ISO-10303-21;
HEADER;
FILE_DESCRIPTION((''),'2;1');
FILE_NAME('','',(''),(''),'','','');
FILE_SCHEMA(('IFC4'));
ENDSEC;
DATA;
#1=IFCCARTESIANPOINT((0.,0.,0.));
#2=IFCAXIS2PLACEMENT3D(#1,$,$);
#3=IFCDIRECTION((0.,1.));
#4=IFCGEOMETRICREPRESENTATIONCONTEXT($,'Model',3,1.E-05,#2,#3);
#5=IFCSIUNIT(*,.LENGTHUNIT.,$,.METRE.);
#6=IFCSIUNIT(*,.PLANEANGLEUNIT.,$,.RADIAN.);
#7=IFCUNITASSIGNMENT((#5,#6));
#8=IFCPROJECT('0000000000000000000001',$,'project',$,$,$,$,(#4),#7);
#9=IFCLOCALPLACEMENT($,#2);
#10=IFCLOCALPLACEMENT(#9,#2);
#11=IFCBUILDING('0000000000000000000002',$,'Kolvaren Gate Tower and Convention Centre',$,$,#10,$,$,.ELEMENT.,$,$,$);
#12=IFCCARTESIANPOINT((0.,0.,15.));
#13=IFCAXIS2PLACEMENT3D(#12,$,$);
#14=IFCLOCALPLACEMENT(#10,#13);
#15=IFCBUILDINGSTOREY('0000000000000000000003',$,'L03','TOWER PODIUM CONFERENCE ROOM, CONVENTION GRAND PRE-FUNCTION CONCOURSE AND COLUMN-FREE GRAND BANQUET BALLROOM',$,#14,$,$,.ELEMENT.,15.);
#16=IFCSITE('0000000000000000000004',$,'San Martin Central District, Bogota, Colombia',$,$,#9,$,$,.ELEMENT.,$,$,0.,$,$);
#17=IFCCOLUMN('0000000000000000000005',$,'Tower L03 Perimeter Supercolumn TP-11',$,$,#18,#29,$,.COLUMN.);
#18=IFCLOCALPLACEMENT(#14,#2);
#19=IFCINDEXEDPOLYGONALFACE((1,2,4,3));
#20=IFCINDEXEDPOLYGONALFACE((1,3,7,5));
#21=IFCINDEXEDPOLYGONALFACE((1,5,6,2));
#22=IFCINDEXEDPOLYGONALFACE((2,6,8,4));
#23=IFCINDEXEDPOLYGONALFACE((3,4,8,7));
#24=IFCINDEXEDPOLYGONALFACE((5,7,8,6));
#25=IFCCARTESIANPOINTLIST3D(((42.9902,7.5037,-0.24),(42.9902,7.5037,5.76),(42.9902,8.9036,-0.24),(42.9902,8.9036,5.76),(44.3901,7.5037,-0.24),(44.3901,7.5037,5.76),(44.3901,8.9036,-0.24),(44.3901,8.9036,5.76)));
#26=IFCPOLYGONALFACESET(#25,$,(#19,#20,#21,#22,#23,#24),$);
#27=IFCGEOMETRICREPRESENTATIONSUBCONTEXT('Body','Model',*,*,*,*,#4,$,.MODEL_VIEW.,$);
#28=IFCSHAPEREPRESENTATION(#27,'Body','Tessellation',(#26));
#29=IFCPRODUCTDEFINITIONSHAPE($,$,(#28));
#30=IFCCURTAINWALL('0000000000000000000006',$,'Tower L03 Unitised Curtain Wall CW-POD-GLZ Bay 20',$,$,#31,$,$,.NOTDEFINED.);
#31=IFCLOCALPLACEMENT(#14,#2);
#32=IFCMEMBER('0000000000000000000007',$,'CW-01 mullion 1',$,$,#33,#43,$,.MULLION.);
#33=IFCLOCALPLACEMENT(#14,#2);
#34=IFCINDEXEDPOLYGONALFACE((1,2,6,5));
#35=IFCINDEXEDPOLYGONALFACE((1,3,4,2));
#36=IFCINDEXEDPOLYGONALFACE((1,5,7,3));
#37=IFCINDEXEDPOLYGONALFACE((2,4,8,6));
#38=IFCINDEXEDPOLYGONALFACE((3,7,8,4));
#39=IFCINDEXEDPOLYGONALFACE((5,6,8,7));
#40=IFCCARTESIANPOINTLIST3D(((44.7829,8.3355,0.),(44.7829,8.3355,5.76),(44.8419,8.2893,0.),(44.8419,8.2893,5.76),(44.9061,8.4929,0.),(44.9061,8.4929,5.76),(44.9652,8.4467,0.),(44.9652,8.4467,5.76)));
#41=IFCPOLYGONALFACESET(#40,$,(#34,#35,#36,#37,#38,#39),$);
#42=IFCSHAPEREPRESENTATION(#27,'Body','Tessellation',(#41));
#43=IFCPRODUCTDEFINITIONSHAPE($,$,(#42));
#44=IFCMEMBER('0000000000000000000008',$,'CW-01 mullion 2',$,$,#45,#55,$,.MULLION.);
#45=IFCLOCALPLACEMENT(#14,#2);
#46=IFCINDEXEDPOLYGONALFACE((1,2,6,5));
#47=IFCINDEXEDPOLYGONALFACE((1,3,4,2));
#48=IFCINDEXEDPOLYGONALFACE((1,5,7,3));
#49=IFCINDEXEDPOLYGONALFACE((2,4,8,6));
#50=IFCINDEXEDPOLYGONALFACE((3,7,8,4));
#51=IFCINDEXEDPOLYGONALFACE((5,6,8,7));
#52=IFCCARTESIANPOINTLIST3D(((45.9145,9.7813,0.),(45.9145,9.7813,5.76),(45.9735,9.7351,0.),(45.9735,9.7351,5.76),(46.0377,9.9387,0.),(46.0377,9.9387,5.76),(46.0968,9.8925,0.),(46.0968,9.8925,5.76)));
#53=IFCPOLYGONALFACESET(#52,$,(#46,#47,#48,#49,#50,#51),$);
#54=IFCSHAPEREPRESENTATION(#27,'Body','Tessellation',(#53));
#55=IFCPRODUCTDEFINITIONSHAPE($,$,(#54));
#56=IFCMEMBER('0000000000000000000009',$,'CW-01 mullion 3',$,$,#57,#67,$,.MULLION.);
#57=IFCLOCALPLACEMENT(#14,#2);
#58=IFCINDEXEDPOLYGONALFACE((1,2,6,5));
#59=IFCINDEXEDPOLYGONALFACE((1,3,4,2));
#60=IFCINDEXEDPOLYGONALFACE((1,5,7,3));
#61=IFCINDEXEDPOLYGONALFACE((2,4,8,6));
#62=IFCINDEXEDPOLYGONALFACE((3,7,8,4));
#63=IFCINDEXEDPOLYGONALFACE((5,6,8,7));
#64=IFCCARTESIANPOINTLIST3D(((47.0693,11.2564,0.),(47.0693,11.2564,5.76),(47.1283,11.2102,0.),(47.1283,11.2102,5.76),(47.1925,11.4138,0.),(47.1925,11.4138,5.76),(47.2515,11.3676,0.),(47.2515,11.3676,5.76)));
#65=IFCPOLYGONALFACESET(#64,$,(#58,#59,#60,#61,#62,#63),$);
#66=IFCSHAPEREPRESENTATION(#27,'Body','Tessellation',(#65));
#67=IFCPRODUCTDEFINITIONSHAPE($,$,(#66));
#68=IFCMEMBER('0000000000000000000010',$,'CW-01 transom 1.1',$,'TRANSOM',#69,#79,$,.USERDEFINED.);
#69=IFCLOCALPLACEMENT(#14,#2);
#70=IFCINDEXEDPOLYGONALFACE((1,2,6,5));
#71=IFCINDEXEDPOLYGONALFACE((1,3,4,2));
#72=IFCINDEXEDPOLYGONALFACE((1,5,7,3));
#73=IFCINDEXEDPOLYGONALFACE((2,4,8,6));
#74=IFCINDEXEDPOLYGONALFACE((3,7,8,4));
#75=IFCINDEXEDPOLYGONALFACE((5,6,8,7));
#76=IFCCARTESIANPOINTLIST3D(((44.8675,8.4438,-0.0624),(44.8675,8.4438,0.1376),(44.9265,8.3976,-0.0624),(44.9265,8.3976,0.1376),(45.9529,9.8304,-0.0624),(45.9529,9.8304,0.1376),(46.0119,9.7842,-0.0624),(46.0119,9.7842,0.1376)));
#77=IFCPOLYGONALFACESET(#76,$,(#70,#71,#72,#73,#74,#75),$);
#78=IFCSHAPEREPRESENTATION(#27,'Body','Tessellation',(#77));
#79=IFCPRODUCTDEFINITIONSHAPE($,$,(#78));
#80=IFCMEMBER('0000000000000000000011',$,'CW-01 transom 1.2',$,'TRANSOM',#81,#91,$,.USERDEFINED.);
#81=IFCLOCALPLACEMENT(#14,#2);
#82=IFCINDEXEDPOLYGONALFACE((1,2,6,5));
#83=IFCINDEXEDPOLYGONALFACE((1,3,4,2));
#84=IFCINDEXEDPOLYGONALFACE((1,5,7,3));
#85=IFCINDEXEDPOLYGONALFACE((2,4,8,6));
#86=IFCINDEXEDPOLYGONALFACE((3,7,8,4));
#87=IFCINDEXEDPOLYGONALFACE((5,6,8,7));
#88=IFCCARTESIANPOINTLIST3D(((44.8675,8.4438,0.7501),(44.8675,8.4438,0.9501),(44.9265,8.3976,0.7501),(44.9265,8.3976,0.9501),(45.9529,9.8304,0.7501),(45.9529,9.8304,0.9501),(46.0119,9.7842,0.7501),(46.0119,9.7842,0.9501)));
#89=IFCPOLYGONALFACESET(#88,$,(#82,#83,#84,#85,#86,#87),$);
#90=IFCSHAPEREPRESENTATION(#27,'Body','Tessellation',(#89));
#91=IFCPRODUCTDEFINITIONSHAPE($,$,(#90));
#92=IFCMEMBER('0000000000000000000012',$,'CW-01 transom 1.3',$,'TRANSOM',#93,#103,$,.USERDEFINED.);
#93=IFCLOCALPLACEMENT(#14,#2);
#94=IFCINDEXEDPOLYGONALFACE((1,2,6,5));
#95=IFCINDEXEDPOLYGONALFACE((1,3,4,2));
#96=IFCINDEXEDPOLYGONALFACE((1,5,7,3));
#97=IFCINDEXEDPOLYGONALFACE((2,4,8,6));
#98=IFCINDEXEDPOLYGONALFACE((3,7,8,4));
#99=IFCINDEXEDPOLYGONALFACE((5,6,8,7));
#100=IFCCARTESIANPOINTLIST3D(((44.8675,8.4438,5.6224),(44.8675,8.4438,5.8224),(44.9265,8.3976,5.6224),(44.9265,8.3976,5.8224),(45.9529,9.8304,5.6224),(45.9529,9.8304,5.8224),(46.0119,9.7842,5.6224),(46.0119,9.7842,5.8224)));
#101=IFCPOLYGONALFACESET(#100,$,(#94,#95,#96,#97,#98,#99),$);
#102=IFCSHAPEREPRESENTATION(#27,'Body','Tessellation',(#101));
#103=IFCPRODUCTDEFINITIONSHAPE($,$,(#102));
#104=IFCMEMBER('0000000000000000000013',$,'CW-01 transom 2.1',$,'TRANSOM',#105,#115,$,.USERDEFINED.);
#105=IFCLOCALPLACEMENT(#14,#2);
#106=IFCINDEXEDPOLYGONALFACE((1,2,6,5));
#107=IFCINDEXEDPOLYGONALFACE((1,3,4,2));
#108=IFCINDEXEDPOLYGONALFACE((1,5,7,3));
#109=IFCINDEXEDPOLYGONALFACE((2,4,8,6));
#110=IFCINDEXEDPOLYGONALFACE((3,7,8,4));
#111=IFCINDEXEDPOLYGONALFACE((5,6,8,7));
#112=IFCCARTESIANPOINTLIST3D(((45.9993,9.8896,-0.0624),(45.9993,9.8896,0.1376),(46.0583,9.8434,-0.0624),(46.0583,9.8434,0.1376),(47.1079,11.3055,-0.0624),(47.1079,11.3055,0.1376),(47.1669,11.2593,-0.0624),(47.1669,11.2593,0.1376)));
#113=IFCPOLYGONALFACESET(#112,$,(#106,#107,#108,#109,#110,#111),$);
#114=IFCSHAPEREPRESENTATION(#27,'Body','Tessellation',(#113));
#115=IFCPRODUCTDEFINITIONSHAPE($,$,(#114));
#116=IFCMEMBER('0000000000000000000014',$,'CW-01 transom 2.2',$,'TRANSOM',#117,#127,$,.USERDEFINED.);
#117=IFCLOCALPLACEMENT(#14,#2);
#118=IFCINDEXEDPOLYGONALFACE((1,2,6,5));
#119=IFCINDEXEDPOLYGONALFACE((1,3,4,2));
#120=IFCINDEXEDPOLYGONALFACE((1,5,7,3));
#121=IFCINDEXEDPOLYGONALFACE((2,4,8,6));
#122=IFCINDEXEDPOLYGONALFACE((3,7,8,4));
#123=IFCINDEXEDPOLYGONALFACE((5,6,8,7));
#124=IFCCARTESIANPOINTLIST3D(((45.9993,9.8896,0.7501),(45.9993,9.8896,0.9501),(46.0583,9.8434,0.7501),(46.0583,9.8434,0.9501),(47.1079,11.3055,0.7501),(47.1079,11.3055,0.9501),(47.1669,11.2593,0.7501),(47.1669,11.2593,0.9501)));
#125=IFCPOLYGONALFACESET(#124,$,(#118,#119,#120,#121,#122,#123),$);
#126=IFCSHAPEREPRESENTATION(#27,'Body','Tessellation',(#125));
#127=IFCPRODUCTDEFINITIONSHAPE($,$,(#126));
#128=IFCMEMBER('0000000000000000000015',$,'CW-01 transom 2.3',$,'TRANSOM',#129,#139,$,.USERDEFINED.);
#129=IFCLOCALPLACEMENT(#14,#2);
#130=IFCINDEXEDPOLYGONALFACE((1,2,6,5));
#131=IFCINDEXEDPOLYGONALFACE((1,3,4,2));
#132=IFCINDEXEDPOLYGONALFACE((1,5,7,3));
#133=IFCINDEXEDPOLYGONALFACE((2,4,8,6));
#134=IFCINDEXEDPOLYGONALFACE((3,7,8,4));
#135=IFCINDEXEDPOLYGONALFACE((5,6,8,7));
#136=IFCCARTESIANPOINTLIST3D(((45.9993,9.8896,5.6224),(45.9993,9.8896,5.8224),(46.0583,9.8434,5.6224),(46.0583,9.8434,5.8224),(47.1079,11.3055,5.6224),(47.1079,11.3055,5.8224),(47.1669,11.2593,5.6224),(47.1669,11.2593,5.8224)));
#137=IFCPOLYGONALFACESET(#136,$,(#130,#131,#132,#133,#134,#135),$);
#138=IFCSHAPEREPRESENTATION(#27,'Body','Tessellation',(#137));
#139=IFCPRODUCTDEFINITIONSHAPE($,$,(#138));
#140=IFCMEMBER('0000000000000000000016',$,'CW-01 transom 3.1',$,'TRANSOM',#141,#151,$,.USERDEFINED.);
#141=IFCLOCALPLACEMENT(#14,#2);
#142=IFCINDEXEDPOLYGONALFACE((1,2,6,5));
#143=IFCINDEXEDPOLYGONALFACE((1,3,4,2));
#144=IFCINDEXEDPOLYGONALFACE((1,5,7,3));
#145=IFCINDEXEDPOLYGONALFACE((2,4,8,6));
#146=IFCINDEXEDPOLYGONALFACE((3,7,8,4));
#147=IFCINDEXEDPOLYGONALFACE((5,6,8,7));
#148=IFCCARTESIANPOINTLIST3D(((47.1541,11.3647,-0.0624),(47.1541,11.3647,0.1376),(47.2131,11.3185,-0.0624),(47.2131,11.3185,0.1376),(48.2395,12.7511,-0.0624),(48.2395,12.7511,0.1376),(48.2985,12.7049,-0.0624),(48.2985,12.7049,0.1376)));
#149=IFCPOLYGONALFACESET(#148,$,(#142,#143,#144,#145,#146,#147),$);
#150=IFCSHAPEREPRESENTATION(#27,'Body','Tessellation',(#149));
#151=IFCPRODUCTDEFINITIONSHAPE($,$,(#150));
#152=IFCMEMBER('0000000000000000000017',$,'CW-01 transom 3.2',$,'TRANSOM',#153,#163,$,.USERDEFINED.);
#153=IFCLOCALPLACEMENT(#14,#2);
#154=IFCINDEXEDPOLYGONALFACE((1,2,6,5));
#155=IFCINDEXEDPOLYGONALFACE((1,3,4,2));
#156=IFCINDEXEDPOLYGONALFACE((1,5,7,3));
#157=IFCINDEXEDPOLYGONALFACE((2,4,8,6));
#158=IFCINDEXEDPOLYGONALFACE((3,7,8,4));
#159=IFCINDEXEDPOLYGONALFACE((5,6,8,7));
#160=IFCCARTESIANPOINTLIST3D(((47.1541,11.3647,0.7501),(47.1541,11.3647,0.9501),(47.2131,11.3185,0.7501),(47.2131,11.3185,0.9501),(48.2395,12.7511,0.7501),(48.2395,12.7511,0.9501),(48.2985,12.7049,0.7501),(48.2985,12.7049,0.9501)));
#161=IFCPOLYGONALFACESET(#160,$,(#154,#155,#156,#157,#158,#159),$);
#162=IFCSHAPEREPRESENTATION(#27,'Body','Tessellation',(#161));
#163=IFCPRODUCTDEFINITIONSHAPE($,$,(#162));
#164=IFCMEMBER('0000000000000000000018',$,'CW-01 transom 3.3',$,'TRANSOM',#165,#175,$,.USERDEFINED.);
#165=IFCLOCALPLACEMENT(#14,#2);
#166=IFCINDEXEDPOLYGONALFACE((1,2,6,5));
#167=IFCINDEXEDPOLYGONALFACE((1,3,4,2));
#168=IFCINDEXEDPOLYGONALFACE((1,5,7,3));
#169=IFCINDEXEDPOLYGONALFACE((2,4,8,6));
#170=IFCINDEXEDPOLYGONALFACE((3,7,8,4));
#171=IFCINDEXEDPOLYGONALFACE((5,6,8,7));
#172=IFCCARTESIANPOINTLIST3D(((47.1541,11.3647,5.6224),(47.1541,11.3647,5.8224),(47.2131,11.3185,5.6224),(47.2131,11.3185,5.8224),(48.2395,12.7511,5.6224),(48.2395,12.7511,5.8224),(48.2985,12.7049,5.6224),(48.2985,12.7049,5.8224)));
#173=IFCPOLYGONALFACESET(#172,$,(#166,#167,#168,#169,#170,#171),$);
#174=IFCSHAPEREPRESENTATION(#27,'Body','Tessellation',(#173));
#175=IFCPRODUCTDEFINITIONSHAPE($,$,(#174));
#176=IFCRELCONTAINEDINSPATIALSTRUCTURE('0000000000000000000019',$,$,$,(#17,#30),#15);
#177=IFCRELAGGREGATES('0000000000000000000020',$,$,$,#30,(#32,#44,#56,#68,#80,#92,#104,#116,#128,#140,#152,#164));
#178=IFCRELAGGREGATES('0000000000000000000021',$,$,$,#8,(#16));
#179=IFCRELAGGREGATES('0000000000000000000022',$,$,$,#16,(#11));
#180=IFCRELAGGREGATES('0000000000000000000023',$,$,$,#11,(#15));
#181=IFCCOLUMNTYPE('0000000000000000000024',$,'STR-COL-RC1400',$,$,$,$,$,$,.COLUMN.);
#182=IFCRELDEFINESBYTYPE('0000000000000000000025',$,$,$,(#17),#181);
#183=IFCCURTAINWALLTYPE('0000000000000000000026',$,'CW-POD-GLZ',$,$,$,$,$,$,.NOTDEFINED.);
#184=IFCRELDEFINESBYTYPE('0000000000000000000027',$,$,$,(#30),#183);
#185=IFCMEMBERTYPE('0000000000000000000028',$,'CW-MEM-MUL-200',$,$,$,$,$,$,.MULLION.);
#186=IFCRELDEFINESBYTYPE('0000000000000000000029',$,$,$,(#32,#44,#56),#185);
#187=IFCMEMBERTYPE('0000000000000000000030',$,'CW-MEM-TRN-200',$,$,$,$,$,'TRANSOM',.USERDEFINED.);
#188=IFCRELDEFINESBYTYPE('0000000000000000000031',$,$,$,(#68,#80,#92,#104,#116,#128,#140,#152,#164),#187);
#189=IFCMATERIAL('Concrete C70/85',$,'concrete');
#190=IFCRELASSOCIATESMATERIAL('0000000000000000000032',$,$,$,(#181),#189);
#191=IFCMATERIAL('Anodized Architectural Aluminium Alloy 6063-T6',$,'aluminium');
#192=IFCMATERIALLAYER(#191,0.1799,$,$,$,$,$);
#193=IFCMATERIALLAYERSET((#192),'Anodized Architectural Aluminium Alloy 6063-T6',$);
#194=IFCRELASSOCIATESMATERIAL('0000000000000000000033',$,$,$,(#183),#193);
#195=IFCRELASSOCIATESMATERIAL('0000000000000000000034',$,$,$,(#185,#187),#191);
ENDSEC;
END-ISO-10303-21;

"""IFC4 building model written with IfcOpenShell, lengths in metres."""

from ifc_helpers import new_model, si_unit, direction, frame, origin, origin_2d, place, context, subcontext, project, spatial, rectangle, extrude, material, layer, layer_set, material_profile, profile_set, type_object, element, aggregate, save


model = new_model("IFC4")

# Units and contexts
model_context = context("Model", 3, precision=1e-05, world=origin(), true_north=direction((0.0, 1.0)))
body_context = subcontext(model_context, "Body", "Model", "MODEL_VIEW")
ifc_project = project(units=[si_unit("LENGTHUNIT", "METRE"), si_unit("PLANEANGLEUNIT", "RADIAN")], contexts=[model_context])

# Site, building, storey
site_placement = place(None, origin())
site = spatial("IfcSite", under=ifc_project, at=site_placement, Name="San Martin Central District, Bogota, Colombia", CompositionType="ELEMENT", RefElevation=0.0)
building_placement = place(site_placement, origin())
building = spatial("IfcBuilding", under=site, at=building_placement, Name="Kolvaren Gate Tower and Convention Centre", CompositionType="ELEMENT")
storey_placement = place(building_placement, frame((0.0, 0.0, 15.0)))
storey = spatial("IfcBuildingStorey", under=building, at=storey_placement, Name="L03", Description="TOWER PODIUM CONFERENCE ROOM, CONVENTION GRAND PRE-FUNCTION CONCOURSE AND COLUMN-FREE GRAND BANQUET BALLROOM", CompositionType="ELEMENT", Elevation=15.0)

# Column
ifc_material_1 = material(Name="Concrete C70/85", Category="concrete")
ifc_material_profile_1 = material_profile(ifc_material_1, rectangle(XDim=1.3999, YDim=1.3999, at=origin_2d()), Name="RC-COL-1400X1400")
ifc_profile_set_1 = profile_set([ifc_material_profile_1], Name="Concrete C70/85")
column_type = type_object("IfcColumnType", Name="STR-COL-RC1400", PredefinedType="COLUMN", material=ifc_profile_set_1)
column_placement = place(storey_placement, frame((43.6902, 8.2036, -0.24), z_axis=(0.0, 0.0, 1.0), x_axis=(1.0, 0.0, 0.0)))
element("IfcColumn", 1, at=column_placement, inside=storey, type_object=column_type, Name="Tower L03 Perimeter Supercolumn TP-11", PredefinedType="COLUMN", context=body_context, shape_type="SweptSolid", body=[
    extrude(rectangle(XDim=1.3999, YDim=1.3999, at=origin_2d()), origin(), (0.0, 0.0, 1.0), 6.0),
])

# Curtain wall, members
ifc_material_2 = material(Name="Anodized Architectural Aluminium Alloy 6063-T6", Category="aluminium")
ifc_layer_1 = layer(ifc_material_2, 0.1799)
ifc_layer_set_1 = layer_set([ifc_layer_1], Name="Anodized Architectural Aluminium Alloy 6063-T6")
curtain_wall_type = type_object("IfcCurtainWallType", Name="CW-POD-GLZ", PredefinedType="NOTDEFINED", material=ifc_layer_set_1)
curtain_wall_placement = place(storey_placement, origin())
curtain_wall = element("IfcCurtainWall", 2, at=curtain_wall_placement, inside=storey, type_object=curtain_wall_type, Name="Tower L03 Unitised Curtain Wall CW-POD-GLZ Bay 20", PredefinedType="NOTDEFINED")
ifc_material_profile_2 = material_profile(ifc_material_2, rectangle(XDim=0.075, YDim=0.2, at=origin_2d()), Name="CW-MEM-MUL-200")
ifc_profile_set_2 = profile_set([ifc_material_profile_2], Name="Anodized Architectural Aluminium Alloy 6063-T6")
member_type_1 = type_object("IfcMemberType", Name="CW-MEM-MUL-200", PredefinedType="MULLION", material=ifc_profile_set_2)
member_1_placement = place(storey_placement, frame((44.874, 8.3911, 0.0), z_axis=(0.0, 0.0, 1.0), x_axis=(-0.787413, 0.616426, 0.0)))
member_1 = element("IfcMember", 3, at=member_1_placement, type_object=member_type_1, Name="CW-01 mullion 1", PredefinedType="MULLION", context=body_context, shape_type="SweptSolid", body=[
    extrude(rectangle(XDim=0.075, YDim=0.2, at=origin_2d()), origin(), (0.0, 0.0, 1.0), 5.76),
])
member_2_placement = place(storey_placement, frame((46.0056, 9.8369, 0.0), z_axis=(0.0, 0.0, 1.0), x_axis=(-0.787413, 0.616426, 0.0)))
member_2 = element("IfcMember", 4, at=member_2_placement, type_object=member_type_1, Name="CW-01 mullion 2", PredefinedType="MULLION", context=body_context, shape_type="SweptSolid", body=[
    extrude(rectangle(XDim=0.075, YDim=0.2, at=origin_2d()), origin(), (0.0, 0.0, 1.0), 5.76),
])
member_3_placement = place(storey_placement, frame((47.1604, 11.312, 0.0), z_axis=(0.0, 0.0, 1.0), x_axis=(-0.787413, 0.616426, 0.0)))
member_3 = element("IfcMember", 5, at=member_3_placement, type_object=member_type_1, Name="CW-01 mullion 3", PredefinedType="MULLION", context=body_context, shape_type="SweptSolid", body=[
    extrude(rectangle(XDim=0.075, YDim=0.2, at=origin_2d()), origin(), (0.0, 0.0, 1.0), 5.76),
])
ifc_material_profile_3 = material_profile(ifc_material_2, rectangle(XDim=0.075, YDim=0.2, at=origin_2d()), Name="CW-MEM-TRN-200")
ifc_profile_set_3 = profile_set([ifc_material_profile_3], Name="Anodized Architectural Aluminium Alloy 6063-T6")
member_type_2 = type_object("IfcMemberType", Name="CW-MEM-TRN-200", ElementType="TRANSOM", PredefinedType="USERDEFINED", material=ifc_profile_set_3)
member_4_placement = place(storey_placement, frame((44.897, 8.4207, 0.0376), z_axis=(0.616376, 0.787452, 0.0), x_axis=(-0.787452, 0.616376, 0.0)))
member_4 = element("IfcMember", 6, at=member_4_placement, type_object=member_type_2, Name="CW-01 transom 1.1", ObjectType="TRANSOM", PredefinedType="USERDEFINED", context=body_context, shape_type="SweptSolid", body=[
    extrude(rectangle(XDim=0.075, YDim=0.2, at=origin_2d()), origin(), (0.0, 0.0, 1.0), 1.761),
])
member_5_placement = place(storey_placement, frame((44.897, 8.4207, 0.8501), z_axis=(0.616376, 0.787452, 0.0), x_axis=(-0.787452, 0.616376, 0.0)))
member_5 = element("IfcMember", 7, at=member_5_placement, type_object=member_type_2, Name="CW-01 transom 1.2", ObjectType="TRANSOM", PredefinedType="USERDEFINED", context=body_context, shape_type="SweptSolid", body=[
    extrude(rectangle(XDim=0.075, YDim=0.2, at=origin_2d()), origin(), (0.0, 0.0, 1.0), 1.761),
])
member_6_placement = place(storey_placement, frame((44.897, 8.4207, 5.7224), z_axis=(0.616376, 0.787452, 0.0), x_axis=(-0.787452, 0.616376, 0.0)))
member_6 = element("IfcMember", 8, at=member_6_placement, type_object=member_type_2, Name="CW-01 transom 1.3", ObjectType="TRANSOM", PredefinedType="USERDEFINED", context=body_context, shape_type="SweptSolid", body=[
    extrude(rectangle(XDim=0.075, YDim=0.2, at=origin_2d()), origin(), (0.0, 0.0, 1.0), 1.761),
])
member_7_placement = place(storey_placement, frame((46.0288, 9.8665, 0.0376), z_axis=(0.616466, 0.787382, 0.0), x_axis=(-0.787382, 0.616466, 0.0)))
member_7 = element("IfcMember", 9, at=member_7_placement, type_object=member_type_2, Name="CW-01 transom 2.1", ObjectType="TRANSOM", PredefinedType="USERDEFINED", context=body_context, shape_type="SweptSolid", body=[
    extrude(rectangle(XDim=0.075, YDim=0.2, at=origin_2d()), origin(), (0.0, 0.0, 1.0), 1.7983),
])
member_8_placement = place(storey_placement, frame((46.0288, 9.8665, 0.8501), z_axis=(0.616466, 0.787382, 0.0), x_axis=(-0.787382, 0.616466, 0.0)))
member_8 = element("IfcMember", 10, at=member_8_placement, type_object=member_type_2, Name="CW-01 transom 2.2", ObjectType="TRANSOM", PredefinedType="USERDEFINED", context=body_context, shape_type="SweptSolid", body=[
    extrude(rectangle(XDim=0.075, YDim=0.2, at=origin_2d()), origin(), (0.0, 0.0, 1.0), 1.7983),
])
member_9_placement = place(storey_placement, frame((46.0288, 9.8665, 5.7224), z_axis=(0.616466, 0.787382, 0.0), x_axis=(-0.787382, 0.616466, 0.0)))
member_9 = element("IfcMember", 11, at=member_9_placement, type_object=member_type_2, Name="CW-01 transom 2.3", ObjectType="TRANSOM", PredefinedType="USERDEFINED", context=body_context, shape_type="SweptSolid", body=[
    extrude(rectangle(XDim=0.075, YDim=0.2, at=origin_2d()), origin(), (0.0, 0.0, 1.0), 1.7983),
])
member_10_placement = place(storey_placement, frame((47.1836, 11.3416, 0.0376), z_axis=(0.616443, 0.7874, 0.0), x_axis=(-0.7874, 0.616443, 0.0)))
member_10 = element("IfcMember", 12, at=member_10_placement, type_object=member_type_2, Name="CW-01 transom 3.1", ObjectType="TRANSOM", PredefinedType="USERDEFINED", context=body_context, shape_type="SweptSolid", body=[
    extrude(rectangle(XDim=0.075, YDim=0.2, at=origin_2d()), origin(), (0.0, 0.0, 1.0), 1.7607),
])
member_11_placement = place(storey_placement, frame((47.1836, 11.3416, 0.8501), z_axis=(0.616443, 0.7874, 0.0), x_axis=(-0.7874, 0.616443, 0.0)))
member_11 = element("IfcMember", 13, at=member_11_placement, type_object=member_type_2, Name="CW-01 transom 3.2", ObjectType="TRANSOM", PredefinedType="USERDEFINED", context=body_context, shape_type="SweptSolid", body=[
    extrude(rectangle(XDim=0.075, YDim=0.2, at=origin_2d()), origin(), (0.0, 0.0, 1.0), 1.7607),
])
member_12_placement = place(storey_placement, frame((47.1836, 11.3416, 5.7224), z_axis=(0.616443, 0.7874, 0.0), x_axis=(-0.7874, 0.616443, 0.0)))
member_12 = element("IfcMember", 14, at=member_12_placement, type_object=member_type_2, Name="CW-01 transom 3.3", ObjectType="TRANSOM", PredefinedType="USERDEFINED", context=body_context, shape_type="SweptSolid", body=[
    extrude(rectangle(XDim=0.075, YDim=0.2, at=origin_2d()), origin(), (0.0, 0.0, 1.0), 1.7607),
])

aggregate(curtain_wall, [member_1, member_2, member_3, member_4, member_5, member_6, member_7, member_8, member_9, member_10, member_11, member_12])

save(model, "model.ifc")
